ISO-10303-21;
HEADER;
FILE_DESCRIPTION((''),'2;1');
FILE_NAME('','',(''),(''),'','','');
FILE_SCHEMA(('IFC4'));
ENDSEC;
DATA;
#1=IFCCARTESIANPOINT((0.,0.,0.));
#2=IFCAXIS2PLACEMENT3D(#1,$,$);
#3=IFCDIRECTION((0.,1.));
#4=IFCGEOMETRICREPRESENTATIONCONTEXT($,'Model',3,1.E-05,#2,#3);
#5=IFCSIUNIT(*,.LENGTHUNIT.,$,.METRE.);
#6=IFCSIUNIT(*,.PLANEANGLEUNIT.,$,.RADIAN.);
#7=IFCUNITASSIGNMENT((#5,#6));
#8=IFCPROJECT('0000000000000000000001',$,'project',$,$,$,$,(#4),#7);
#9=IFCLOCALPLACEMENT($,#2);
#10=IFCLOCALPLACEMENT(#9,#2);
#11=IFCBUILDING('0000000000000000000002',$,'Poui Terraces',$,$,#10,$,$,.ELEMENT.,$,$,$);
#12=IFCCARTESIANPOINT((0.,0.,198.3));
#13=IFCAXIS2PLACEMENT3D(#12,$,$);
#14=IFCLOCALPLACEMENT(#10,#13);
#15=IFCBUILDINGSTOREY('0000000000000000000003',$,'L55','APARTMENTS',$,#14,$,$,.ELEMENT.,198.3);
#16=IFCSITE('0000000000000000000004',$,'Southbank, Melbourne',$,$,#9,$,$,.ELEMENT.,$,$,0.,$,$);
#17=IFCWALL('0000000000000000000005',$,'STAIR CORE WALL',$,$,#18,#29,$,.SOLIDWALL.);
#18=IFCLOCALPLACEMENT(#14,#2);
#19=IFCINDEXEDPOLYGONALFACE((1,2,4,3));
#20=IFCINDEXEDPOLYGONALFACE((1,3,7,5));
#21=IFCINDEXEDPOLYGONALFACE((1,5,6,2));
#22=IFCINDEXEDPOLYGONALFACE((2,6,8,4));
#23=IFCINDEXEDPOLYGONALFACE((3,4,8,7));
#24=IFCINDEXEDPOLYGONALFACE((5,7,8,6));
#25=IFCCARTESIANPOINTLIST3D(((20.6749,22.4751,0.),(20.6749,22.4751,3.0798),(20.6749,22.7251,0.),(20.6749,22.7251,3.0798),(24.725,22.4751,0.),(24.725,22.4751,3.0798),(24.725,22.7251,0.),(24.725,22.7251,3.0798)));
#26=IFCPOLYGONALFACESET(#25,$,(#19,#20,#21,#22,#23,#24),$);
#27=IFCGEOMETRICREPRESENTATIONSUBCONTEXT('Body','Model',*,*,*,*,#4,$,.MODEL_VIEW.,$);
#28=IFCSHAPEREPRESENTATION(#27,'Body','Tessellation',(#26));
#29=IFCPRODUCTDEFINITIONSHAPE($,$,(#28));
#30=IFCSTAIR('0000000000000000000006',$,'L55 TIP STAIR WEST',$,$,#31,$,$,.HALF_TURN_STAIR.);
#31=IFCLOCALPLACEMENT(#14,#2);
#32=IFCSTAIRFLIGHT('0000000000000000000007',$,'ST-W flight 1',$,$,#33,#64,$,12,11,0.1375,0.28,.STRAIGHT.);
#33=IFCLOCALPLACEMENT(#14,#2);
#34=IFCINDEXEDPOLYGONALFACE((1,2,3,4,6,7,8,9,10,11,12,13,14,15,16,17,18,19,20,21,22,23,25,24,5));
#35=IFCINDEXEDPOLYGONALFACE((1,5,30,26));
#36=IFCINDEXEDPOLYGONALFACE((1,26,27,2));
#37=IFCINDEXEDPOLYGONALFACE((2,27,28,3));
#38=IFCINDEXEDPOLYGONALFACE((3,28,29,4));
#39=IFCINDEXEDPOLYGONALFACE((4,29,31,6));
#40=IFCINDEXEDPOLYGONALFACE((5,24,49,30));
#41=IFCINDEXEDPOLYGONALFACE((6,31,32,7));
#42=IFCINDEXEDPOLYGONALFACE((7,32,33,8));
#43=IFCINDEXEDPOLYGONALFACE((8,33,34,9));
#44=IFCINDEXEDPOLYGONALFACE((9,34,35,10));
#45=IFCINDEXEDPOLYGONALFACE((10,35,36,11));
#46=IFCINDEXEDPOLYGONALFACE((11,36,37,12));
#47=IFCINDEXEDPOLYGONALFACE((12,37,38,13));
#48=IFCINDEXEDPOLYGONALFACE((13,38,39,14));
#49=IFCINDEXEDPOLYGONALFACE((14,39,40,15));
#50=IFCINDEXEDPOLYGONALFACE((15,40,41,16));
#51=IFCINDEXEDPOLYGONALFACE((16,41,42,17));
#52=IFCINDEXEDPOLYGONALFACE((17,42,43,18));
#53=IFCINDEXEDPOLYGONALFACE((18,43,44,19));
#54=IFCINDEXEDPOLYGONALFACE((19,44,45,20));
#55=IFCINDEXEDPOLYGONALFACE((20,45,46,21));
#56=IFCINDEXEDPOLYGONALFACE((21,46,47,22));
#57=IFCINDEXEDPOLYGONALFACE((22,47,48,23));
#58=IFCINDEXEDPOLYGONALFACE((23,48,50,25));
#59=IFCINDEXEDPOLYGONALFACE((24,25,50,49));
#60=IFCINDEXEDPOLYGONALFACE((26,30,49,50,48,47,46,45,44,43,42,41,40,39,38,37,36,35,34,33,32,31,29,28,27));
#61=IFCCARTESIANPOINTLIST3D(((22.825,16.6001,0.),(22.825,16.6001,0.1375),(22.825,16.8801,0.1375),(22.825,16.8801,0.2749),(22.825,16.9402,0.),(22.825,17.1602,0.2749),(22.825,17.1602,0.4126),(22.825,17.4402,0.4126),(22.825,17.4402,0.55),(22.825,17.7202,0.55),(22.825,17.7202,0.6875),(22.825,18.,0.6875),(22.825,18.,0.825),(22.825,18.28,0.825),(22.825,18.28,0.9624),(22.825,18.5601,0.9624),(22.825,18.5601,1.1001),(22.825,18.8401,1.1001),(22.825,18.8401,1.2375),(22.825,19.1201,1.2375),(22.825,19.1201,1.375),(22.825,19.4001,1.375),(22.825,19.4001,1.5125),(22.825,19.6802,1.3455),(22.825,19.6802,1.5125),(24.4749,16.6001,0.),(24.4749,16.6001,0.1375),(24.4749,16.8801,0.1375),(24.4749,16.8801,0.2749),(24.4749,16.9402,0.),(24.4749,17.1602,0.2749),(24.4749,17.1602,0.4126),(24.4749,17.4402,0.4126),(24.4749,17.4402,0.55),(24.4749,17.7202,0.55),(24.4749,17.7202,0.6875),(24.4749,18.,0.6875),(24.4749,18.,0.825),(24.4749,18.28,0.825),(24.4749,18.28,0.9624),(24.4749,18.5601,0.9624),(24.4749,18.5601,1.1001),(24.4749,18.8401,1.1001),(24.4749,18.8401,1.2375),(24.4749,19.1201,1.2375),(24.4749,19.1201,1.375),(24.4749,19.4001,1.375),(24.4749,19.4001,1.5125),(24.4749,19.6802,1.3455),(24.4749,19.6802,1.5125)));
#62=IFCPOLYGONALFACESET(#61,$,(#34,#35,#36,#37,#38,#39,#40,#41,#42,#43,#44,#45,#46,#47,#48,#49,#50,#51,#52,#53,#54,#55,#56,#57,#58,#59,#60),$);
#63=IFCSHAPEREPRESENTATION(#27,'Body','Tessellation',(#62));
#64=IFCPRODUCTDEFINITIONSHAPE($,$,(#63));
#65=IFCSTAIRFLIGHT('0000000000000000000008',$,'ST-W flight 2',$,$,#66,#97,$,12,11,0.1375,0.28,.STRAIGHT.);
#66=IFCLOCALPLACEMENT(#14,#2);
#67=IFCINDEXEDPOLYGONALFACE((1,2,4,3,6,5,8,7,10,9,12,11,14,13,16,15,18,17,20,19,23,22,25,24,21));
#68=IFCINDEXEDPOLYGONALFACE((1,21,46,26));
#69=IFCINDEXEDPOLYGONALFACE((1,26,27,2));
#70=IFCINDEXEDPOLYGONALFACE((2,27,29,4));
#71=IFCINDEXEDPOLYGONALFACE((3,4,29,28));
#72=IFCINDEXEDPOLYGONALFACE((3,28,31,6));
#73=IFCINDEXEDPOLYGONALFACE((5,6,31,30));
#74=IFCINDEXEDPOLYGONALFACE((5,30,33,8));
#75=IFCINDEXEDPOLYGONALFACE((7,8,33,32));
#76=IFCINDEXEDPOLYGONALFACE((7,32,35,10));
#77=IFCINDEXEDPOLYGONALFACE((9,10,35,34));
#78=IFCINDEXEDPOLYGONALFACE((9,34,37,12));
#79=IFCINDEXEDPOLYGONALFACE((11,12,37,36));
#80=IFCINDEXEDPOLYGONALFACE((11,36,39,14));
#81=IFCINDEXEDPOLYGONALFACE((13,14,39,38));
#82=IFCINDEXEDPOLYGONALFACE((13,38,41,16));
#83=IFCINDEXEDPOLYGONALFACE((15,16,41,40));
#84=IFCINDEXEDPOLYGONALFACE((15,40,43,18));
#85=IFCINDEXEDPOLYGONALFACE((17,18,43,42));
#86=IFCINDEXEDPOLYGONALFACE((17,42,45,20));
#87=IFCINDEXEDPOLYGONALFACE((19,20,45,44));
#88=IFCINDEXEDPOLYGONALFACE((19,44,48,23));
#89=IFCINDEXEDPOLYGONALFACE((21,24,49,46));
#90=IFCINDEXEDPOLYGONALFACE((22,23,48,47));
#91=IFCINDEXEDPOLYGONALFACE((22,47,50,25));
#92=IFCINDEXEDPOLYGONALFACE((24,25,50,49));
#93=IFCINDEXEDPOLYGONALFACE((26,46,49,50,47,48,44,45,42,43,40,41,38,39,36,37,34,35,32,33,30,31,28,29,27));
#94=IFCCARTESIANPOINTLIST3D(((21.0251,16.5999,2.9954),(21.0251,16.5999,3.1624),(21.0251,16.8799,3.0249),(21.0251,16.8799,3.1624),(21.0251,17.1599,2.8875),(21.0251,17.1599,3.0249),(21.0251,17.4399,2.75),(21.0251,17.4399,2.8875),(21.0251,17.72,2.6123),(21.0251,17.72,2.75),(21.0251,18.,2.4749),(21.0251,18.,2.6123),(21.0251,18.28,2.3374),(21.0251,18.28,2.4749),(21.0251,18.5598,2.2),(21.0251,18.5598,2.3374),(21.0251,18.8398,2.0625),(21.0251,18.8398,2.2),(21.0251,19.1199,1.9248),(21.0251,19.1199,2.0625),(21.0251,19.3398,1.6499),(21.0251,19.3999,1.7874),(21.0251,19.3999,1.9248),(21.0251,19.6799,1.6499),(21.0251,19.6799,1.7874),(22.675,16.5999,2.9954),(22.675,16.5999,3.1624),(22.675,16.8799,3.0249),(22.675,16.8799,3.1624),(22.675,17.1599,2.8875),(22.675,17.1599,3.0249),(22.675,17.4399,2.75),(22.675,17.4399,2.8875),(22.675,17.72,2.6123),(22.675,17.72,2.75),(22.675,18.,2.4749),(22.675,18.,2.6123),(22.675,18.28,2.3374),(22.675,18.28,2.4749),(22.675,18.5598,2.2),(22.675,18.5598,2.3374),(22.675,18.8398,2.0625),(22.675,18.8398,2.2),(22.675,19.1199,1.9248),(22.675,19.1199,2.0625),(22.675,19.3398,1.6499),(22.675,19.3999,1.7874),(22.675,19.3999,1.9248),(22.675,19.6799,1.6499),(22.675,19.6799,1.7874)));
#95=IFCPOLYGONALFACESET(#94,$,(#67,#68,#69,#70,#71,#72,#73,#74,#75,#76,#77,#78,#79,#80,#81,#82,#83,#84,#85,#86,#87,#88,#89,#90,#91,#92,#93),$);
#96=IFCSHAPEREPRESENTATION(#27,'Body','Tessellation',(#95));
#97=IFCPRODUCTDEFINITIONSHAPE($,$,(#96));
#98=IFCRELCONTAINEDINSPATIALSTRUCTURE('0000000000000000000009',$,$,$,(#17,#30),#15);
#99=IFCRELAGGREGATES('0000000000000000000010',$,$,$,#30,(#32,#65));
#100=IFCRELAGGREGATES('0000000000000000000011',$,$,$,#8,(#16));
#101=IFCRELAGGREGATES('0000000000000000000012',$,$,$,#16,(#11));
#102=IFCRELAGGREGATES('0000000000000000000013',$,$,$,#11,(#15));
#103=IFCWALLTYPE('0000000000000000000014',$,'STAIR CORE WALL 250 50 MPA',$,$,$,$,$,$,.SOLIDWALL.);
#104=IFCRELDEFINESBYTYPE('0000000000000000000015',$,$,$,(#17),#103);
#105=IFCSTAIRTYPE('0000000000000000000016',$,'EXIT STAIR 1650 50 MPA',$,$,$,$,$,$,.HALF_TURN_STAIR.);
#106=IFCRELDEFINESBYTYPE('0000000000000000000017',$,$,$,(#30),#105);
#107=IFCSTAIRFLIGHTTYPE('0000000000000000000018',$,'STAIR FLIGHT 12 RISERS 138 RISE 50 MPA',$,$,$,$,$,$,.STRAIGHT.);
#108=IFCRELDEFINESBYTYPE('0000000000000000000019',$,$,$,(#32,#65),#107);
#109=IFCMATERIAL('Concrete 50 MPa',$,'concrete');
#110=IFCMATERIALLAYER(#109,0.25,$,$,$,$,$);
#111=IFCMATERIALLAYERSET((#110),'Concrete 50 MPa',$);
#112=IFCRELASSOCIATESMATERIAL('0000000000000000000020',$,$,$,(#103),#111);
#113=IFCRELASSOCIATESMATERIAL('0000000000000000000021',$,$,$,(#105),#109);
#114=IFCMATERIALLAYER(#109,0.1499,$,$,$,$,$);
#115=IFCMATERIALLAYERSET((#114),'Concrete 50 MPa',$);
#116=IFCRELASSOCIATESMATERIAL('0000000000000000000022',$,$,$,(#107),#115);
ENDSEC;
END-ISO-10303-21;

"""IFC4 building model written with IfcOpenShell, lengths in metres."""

from ifc_helpers import new_model, si_unit, direction, frame, frame_2d, origin, place, context, subcontext, project, spatial, polyline, rectangle, outline, extrude, material, layer, layer_set, type_object, element, aggregate, save


model = new_model("IFC4")

# Units and contexts
model_context = context("Model", 3, precision=1e-05, world=origin(), true_north=direction((0.0, 1.0)))
body_context = subcontext(model_context, "Body", "Model", "MODEL_VIEW")
ifc_project = project(units=[si_unit("LENGTHUNIT", "METRE"), si_unit("PLANEANGLEUNIT", "RADIAN")], contexts=[model_context])

# Site, building, storey
site_placement = place(None, origin())
site = spatial("IfcSite", under=ifc_project, at=site_placement, Name="Southbank, Melbourne", CompositionType="ELEMENT", RefElevation=0.0)
building_placement = place(site_placement, origin())
building = spatial("IfcBuilding", under=site, at=building_placement, Name="Poui Terraces", CompositionType="ELEMENT")
storey_placement = place(building_placement, frame((0.0, 0.0, 198.3)))
storey = spatial("IfcBuildingStorey", under=building, at=storey_placement, Name="L55", Description="APARTMENTS", CompositionType="ELEMENT", Elevation=198.3)

# Wall
ifc_material_1 = material(Name="Concrete 50 MPa", Category="concrete")
ifc_layer_1 = layer(ifc_material_1, 0.25)
ifc_layer_set_1 = layer_set([ifc_layer_1], Name="Concrete 50 MPa")
wall_type = type_object("IfcWallType", Name="STAIR CORE WALL 250 50 MPA", PredefinedType="SOLIDWALL", material=ifc_layer_set_1)
wall_placement = place(storey_placement, frame((20.675, 22.6001, 0.0), z_axis=(0.0, 0.0, 1.0), x_axis=(1.0, 0.0, 0.0)))
element("IfcWall", 1, at=wall_placement, inside=storey, type_object=wall_type, Name="STAIR CORE WALL", PredefinedType="SOLIDWALL", context=body_context, shape_type="SweptSolid", body=[
    extrude(rectangle(XDim=4.05, YDim=0.25, at=frame_2d((2.0249, 0.0))), origin(), (0.0, 0.0, 1.0), 3.0798),
])

# Stair, stair flights
stair_type = type_object("IfcStairType", Name="EXIT STAIR 1650 50 MPA", PredefinedType="HALF_TURN_STAIR", material=ifc_material_1)
stair_placement = place(storey_placement, origin())
stair = element("IfcStair", 2, at=stair_placement, inside=storey, type_object=stair_type, Name="L55 TIP STAIR WEST", PredefinedType="HALF_TURN_STAIR")
ifc_layer_2 = layer(ifc_material_1, 0.1499)
ifc_layer_set_2 = layer_set([ifc_layer_2], Name="Concrete 50 MPa")
stair_flight_type = type_object("IfcStairFlightType", Name="STAIR FLIGHT 12 RISERS 138 RISE 50 MPA", PredefinedType="STRAIGHT", material=ifc_layer_set_2)
stair_flight_1_placement = place(storey_placement, frame((23.6499, 16.6001, 0.0), z_axis=(0.0, 0.0, 1.0), x_axis=(0.0, 1.0, 0.0)))
stair_flight_1 = element("IfcStairFlight", 3, at=stair_flight_1_placement, type_object=stair_flight_type, Name="ST-W flight 1", NumberOfRisers=12, NumberOfTreads=11, PredefinedType="STRAIGHT", RiserHeight=0.1375, TreadLength=0.28, context=body_context, shape_type="SweptSolid", body=[
    extrude(outline(polyline([(0.0, 0.0), (0.0, 0.1375), (0.28, 0.1375), (0.28, 0.2749), (0.5601, 0.2749), (0.5601, 0.4126), (0.8401, 0.4126), (0.8401, 0.55), (1.1201, 0.55), (1.1201, 0.6875), (1.3999, 0.6875), (1.3999, 0.825), (1.6799, 0.825), (1.6799, 0.9624), (1.96, 0.9624), (1.96, 1.1001), (2.24, 1.1001), (2.24, 1.2375), (2.52, 1.2375), (2.52, 1.375), (2.8, 1.375), (2.8, 1.5125), (3.0801, 1.5125), (3.0801, 1.6499), (3.0801, 1.3455), (0.3401, 0.0), (0.0, 0.0)])), frame((0.0, 0.825, 0.0), z_axis=(0.0, -1.0, 0.0), x_axis=(1.0, 0.0, 0.0)), (0.0, 0.0, 1.0), 1.6499),
])
stair_flight_2_placement = place(storey_placement, frame((21.8501, 19.6799, 1.6499), z_axis=(0.0, 0.0, 1.0), x_axis=(0.0, -1.0, 0.0)))
stair_flight_2 = element("IfcStairFlight", 4, at=stair_flight_2_placement, type_object=stair_flight_type, Name="ST-W flight 2", NumberOfRisers=12, NumberOfTreads=11, PredefinedType="STRAIGHT", RiserHeight=0.1375, TreadLength=0.28, context=body_context, shape_type="SweptSolid", body=[
    extrude(outline(polyline([(0.0, 0.0), (0.0, 0.1375), (0.28, 0.1375), (0.28, 0.2749), (0.5601, 0.2749), (0.5601, 0.4126), (0.8401, 0.4126), (0.8401, 0.55), (1.1201, 0.55), (1.1201, 0.6875), (1.3999, 0.6875), (1.3999, 0.825), (1.6799, 0.825), (1.6799, 0.9624), (1.96, 0.9624), (1.96, 1.1001), (2.24, 1.1001), (2.24, 1.2375), (2.52, 1.2375), (2.52, 1.375), (2.8, 1.375), (2.8, 1.5125), (3.0801, 1.5125), (3.0801, 1.6499), (3.0801, 1.3455), (0.3401, 0.0), (0.0, 0.0)])), frame((0.0, 0.825, 0.0), z_axis=(0.0, -1.0, 0.0), x_axis=(1.0, 0.0, 0.0)), (0.0, 0.0, 1.0), 1.6499),
])
aggregate(stair, [stair_flight_1, stair_flight_2])

save(model, "model.ifc")
